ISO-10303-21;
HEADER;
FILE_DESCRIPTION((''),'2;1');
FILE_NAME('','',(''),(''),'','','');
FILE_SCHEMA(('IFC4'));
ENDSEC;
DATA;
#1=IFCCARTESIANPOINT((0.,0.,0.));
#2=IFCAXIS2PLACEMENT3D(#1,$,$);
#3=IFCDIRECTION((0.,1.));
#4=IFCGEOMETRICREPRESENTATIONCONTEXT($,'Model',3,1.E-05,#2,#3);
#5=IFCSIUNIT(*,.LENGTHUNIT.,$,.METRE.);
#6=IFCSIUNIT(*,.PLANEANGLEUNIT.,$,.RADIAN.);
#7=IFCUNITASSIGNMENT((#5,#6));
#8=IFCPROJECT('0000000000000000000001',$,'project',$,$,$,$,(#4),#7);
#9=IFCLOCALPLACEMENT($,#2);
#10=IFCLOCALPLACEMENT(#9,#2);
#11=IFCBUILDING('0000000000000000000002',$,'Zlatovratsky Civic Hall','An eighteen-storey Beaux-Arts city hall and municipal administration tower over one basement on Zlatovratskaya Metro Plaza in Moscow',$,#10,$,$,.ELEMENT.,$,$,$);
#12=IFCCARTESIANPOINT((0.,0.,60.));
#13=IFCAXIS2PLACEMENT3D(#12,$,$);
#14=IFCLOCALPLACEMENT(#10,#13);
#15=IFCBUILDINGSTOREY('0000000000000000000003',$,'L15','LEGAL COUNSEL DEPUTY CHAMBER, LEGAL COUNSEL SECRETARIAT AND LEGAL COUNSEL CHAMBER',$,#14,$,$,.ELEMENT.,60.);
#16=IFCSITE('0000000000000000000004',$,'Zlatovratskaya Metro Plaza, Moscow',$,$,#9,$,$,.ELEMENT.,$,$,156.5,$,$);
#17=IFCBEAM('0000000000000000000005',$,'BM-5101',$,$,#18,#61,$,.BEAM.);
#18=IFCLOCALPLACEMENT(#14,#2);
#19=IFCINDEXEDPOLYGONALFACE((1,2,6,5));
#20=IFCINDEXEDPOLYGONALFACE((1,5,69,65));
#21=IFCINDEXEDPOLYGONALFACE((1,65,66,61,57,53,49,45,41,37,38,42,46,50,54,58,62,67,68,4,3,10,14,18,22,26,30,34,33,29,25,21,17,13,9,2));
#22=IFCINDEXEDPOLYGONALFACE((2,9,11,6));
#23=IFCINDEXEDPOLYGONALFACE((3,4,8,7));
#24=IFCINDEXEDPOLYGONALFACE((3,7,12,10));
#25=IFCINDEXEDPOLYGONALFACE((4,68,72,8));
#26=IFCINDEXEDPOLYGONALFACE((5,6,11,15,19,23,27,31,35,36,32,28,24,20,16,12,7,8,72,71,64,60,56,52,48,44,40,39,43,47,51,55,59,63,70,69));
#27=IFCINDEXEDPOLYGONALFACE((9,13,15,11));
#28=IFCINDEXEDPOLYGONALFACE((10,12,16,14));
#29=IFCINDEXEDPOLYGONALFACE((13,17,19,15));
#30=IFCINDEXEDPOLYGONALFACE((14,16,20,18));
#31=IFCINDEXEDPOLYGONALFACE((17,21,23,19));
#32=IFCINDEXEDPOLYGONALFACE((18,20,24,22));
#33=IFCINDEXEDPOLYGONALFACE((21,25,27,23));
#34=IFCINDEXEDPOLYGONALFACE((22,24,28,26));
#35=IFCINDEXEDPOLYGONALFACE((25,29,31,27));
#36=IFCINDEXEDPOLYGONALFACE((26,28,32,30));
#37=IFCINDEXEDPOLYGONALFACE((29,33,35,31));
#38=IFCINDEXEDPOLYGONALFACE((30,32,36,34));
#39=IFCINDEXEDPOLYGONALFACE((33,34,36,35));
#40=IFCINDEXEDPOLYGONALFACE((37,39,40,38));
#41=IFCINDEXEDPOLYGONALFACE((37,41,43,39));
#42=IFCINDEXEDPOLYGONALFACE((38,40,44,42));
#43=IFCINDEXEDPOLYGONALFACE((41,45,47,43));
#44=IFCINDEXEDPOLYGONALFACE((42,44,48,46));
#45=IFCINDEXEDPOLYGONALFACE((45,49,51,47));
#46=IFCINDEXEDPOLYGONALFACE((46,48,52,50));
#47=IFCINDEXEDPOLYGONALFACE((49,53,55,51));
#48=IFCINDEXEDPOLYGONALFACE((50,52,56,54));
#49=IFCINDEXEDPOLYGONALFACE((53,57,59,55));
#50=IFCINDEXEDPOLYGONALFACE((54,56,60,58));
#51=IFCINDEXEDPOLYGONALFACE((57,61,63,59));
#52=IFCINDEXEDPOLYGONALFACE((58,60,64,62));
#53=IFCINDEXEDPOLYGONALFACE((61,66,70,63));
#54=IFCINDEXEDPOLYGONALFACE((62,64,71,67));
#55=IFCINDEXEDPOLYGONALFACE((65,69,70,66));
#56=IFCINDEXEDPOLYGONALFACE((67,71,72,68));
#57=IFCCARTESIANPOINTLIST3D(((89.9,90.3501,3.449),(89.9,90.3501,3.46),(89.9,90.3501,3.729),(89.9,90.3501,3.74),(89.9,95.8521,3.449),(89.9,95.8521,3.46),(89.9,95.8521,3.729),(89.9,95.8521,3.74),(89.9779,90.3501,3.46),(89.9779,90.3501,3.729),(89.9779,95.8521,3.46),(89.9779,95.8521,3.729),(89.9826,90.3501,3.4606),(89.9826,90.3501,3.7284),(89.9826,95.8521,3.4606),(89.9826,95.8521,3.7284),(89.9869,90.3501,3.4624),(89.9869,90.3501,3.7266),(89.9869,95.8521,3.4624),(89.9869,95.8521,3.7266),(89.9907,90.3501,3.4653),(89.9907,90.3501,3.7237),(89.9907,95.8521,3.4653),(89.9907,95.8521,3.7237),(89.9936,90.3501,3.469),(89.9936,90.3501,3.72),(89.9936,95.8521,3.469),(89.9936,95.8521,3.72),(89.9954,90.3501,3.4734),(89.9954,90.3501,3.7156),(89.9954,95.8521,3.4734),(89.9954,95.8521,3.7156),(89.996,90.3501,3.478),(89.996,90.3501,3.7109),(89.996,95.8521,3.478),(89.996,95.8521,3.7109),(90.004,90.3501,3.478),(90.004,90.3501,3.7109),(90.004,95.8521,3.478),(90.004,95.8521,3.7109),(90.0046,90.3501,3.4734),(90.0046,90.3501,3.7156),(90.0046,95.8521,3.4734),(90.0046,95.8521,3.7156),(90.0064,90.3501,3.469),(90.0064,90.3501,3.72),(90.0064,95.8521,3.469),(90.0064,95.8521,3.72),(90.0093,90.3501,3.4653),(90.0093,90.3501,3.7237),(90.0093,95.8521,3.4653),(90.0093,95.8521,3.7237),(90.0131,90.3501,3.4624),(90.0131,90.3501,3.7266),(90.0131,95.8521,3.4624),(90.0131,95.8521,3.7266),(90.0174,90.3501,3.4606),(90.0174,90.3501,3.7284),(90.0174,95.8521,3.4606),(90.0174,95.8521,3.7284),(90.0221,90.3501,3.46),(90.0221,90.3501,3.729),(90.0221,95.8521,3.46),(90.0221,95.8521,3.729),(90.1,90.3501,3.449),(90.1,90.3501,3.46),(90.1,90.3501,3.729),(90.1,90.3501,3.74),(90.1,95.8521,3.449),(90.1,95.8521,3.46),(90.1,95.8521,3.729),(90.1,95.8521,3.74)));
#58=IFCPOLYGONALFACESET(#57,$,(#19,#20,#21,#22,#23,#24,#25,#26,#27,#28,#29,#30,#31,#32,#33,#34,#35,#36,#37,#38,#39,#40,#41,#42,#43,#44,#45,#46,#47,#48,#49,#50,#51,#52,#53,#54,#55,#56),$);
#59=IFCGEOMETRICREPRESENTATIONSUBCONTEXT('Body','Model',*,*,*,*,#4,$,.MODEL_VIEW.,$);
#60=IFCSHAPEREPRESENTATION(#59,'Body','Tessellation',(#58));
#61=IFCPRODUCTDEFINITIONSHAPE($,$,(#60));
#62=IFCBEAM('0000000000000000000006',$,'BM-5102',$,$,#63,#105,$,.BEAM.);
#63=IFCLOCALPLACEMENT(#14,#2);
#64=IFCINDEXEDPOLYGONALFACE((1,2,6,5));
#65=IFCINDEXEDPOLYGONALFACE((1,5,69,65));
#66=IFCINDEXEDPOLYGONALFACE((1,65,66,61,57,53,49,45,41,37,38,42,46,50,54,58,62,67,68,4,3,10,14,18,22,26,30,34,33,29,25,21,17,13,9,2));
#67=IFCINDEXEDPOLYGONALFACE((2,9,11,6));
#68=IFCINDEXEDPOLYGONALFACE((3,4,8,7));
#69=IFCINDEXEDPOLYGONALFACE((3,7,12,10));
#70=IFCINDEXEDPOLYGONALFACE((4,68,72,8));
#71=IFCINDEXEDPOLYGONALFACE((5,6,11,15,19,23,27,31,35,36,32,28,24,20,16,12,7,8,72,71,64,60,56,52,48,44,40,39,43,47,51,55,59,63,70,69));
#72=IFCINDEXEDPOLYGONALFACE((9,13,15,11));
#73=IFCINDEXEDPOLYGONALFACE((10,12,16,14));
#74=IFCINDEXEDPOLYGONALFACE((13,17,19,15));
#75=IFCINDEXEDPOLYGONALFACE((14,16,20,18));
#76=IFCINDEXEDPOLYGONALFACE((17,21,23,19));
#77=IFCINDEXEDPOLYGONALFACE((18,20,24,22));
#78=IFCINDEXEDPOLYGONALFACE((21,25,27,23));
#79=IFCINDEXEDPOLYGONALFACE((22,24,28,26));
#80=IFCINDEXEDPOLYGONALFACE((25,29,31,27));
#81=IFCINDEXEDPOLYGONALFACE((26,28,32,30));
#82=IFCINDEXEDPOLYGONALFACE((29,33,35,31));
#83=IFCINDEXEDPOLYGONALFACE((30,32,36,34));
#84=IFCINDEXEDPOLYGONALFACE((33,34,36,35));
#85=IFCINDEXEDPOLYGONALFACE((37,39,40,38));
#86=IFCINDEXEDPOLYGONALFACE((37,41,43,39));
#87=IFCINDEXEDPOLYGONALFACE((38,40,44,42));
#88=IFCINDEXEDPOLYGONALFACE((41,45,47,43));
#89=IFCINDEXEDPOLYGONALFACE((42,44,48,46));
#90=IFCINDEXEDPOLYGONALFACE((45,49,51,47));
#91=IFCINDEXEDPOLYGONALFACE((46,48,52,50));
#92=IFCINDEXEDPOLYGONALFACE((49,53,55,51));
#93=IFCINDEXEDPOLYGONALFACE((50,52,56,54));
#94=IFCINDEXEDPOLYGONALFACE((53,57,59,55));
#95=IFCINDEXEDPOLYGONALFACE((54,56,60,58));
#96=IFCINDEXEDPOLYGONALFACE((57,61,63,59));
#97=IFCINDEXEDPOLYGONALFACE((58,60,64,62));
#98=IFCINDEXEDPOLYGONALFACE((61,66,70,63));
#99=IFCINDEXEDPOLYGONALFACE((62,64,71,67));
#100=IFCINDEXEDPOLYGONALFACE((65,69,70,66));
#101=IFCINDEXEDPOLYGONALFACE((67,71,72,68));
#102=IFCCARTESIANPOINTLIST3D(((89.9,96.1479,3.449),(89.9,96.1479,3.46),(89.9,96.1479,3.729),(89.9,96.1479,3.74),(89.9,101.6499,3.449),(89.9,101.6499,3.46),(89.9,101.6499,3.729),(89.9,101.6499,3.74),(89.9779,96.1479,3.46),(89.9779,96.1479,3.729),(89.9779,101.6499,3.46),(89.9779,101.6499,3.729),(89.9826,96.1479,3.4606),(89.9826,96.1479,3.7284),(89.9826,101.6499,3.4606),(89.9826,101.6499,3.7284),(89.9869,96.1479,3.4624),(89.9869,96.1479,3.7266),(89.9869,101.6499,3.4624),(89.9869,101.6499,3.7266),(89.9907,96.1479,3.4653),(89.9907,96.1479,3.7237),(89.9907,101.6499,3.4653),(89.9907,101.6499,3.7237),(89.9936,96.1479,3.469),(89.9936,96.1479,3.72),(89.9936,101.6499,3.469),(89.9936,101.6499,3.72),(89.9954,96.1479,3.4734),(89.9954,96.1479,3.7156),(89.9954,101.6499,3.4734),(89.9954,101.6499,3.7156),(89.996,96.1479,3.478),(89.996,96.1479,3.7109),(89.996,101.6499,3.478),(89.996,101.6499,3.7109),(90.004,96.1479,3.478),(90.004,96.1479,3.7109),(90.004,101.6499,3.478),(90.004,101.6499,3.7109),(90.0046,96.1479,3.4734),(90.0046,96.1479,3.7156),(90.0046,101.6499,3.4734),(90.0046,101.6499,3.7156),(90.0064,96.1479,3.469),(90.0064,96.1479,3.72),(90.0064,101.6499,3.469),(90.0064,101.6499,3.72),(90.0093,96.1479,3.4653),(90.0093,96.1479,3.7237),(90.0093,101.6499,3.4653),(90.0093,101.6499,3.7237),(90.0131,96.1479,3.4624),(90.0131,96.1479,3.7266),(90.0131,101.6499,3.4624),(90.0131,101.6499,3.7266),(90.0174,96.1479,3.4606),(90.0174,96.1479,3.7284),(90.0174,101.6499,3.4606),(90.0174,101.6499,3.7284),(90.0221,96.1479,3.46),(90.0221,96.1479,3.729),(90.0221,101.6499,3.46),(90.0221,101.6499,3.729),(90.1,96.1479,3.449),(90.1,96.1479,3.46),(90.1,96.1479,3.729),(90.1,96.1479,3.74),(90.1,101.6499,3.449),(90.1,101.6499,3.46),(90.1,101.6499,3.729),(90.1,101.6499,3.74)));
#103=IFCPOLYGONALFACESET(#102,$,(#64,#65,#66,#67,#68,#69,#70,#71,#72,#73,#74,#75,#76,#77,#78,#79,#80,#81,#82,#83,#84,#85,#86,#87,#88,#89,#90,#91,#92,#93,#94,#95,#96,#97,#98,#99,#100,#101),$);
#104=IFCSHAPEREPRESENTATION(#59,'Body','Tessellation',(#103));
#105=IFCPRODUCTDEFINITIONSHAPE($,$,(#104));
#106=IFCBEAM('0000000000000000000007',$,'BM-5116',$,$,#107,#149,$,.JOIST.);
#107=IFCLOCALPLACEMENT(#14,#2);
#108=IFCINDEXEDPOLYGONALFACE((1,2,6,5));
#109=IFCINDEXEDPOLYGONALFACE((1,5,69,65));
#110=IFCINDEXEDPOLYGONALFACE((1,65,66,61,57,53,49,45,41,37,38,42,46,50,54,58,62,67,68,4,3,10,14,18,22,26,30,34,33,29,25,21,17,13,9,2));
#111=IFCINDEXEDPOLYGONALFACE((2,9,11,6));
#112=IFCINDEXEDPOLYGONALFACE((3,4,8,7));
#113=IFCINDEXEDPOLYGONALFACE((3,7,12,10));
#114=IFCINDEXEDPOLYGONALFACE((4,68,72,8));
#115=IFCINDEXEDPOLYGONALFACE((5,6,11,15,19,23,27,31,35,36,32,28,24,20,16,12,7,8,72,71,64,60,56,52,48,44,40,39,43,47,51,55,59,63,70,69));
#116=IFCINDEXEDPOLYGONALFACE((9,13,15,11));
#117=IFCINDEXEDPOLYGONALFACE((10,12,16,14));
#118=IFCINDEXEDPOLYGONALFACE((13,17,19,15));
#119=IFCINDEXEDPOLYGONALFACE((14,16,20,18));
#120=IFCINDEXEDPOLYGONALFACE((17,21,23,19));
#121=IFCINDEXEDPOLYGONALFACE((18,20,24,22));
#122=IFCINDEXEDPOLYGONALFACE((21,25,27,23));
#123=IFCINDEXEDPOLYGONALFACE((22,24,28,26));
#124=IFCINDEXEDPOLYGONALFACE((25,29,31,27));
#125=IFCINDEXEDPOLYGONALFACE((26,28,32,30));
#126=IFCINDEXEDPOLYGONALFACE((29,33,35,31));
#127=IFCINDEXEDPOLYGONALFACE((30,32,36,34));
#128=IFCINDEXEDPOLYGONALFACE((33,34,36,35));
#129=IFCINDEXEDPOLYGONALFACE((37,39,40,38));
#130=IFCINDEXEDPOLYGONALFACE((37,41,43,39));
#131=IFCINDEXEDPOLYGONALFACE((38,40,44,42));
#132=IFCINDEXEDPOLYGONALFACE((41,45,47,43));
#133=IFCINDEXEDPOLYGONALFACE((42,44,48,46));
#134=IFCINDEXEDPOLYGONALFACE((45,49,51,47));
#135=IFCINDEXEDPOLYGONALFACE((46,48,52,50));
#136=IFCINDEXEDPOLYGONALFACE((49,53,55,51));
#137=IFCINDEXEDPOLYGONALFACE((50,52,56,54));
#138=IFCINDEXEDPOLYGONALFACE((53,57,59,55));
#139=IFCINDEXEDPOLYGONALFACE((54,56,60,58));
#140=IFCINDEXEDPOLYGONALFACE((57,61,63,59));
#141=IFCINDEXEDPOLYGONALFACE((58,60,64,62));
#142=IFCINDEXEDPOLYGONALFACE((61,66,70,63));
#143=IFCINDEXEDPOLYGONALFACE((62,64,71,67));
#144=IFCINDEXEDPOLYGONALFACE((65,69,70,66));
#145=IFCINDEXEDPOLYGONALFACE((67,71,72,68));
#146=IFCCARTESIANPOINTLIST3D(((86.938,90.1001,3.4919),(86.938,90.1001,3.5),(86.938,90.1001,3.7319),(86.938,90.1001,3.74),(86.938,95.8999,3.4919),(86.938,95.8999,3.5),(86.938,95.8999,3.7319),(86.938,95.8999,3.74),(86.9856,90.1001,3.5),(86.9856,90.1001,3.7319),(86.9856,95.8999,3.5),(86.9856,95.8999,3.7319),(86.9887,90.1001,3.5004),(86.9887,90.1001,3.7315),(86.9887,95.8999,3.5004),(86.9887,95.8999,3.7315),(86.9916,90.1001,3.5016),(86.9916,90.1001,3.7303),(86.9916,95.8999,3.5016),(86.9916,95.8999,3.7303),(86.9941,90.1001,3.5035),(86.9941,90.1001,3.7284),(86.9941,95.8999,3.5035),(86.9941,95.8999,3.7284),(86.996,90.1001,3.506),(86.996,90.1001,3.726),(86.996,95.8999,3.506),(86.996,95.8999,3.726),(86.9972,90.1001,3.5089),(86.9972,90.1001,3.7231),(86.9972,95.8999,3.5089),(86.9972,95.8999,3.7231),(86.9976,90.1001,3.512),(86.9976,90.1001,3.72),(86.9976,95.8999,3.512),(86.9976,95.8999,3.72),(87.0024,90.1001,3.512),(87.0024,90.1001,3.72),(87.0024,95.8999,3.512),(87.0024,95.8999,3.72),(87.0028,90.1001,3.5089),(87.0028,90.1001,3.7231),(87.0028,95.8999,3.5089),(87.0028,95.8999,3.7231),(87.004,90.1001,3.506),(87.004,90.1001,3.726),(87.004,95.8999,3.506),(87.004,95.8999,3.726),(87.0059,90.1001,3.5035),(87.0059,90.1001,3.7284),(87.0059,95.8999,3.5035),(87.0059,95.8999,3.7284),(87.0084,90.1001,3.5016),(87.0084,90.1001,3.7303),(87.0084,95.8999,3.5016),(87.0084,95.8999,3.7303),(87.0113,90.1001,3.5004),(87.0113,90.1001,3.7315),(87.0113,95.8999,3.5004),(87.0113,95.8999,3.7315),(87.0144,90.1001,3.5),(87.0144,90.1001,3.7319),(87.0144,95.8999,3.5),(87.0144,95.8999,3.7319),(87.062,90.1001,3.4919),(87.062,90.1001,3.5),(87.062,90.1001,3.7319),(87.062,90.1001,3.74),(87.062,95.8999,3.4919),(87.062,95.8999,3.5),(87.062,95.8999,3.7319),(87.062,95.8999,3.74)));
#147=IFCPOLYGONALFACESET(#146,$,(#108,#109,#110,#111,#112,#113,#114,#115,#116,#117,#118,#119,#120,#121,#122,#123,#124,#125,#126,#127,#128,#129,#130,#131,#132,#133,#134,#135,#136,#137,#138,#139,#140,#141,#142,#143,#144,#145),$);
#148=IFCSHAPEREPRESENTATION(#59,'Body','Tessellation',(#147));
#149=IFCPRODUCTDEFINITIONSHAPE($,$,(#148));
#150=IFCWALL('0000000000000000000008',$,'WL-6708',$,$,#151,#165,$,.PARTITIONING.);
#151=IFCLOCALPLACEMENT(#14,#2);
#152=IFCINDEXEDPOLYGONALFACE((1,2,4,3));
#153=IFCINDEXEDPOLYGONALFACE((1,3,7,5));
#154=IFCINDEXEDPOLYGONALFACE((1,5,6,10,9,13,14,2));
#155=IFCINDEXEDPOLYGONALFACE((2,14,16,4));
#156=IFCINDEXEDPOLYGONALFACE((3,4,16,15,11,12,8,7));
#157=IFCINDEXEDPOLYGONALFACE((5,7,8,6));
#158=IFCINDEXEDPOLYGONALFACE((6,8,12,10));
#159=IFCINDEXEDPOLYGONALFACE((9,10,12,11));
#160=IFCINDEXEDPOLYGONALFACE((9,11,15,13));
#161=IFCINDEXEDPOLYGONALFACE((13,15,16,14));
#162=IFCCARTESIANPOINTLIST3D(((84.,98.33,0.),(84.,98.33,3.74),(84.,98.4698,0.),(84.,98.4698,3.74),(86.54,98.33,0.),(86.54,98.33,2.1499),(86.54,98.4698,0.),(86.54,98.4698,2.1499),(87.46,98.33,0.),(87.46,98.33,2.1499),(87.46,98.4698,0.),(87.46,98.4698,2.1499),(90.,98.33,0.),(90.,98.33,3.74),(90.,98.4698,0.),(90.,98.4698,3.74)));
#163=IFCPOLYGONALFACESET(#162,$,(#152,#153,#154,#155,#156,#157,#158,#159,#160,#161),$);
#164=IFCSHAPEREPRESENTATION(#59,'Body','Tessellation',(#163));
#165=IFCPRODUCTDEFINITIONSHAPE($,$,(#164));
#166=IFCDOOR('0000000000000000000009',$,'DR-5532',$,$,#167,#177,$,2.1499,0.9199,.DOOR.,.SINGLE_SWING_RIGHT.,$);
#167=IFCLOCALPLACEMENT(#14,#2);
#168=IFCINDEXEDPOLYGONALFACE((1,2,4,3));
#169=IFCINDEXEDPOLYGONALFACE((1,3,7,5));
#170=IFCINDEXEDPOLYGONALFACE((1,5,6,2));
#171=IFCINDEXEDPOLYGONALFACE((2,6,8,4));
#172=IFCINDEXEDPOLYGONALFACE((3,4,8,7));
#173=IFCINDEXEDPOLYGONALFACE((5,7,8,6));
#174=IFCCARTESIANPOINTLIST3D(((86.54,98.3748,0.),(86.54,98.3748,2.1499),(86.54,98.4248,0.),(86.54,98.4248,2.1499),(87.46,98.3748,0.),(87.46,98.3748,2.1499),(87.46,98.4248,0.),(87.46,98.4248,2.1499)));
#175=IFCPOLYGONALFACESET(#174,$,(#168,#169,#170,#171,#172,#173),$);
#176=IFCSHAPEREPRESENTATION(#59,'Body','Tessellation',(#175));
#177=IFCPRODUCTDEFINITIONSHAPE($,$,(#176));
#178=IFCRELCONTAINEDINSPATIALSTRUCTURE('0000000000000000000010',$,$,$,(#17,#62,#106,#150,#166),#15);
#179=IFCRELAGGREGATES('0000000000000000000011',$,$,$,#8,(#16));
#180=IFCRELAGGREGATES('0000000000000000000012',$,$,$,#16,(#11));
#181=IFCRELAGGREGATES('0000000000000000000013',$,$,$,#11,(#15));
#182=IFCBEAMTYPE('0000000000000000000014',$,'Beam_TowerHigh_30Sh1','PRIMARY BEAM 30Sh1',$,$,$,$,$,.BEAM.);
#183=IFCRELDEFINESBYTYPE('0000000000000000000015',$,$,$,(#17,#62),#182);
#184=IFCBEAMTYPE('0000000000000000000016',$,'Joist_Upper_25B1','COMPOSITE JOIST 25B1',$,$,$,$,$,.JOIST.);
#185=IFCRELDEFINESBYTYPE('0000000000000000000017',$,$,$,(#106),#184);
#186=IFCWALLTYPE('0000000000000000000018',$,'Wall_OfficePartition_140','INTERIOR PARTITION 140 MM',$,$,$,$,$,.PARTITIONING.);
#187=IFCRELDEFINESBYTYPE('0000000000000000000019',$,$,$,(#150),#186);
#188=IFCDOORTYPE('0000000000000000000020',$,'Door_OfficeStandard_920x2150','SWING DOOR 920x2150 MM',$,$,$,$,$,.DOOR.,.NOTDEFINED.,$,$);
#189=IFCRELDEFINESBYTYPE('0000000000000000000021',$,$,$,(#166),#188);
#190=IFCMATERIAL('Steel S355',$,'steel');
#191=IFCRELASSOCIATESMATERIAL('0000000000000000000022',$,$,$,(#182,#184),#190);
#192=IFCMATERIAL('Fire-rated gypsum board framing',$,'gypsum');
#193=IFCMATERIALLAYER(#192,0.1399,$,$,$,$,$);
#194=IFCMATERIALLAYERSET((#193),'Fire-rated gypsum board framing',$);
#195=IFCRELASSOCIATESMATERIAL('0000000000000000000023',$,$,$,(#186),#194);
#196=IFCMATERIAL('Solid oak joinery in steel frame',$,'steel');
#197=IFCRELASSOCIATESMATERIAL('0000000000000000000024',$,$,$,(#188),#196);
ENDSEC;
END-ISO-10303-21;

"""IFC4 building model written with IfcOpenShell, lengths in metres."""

from ifc_helpers import new_model, si_unit, direction, frame, frame_2d, origin, origin_2d, place, context, subcontext, project, spatial, rectangle, i_section, extrude, material, layer, layer_set, material_profile, profile_set, type_object, element, fill, save


model = new_model("IFC4")

# Units and contexts
model_context = context("Model", 3, precision=1e-05, world=origin(), true_north=direction((0.0, 1.0)))
body_context = subcontext(model_context, "Body", "Model", "MODEL_VIEW")
ifc_project = project(units=[si_unit("LENGTHUNIT", "METRE"), si_unit("PLANEANGLEUNIT", "RADIAN")], contexts=[model_context])

# Site, building, storey
site_placement = place(None, origin())
site = spatial("IfcSite", under=ifc_project, at=site_placement, Name="Zlatovratskaya Metro Plaza, Moscow", CompositionType="ELEMENT", RefElevation=156.5)
building_placement = place(site_placement, origin())
building = spatial("IfcBuilding", under=site, at=building_placement, Name="Zlatovratsky Civic Hall", Description="An eighteen-storey Beaux-Arts city hall and municipal administration tower over one basement on Zlatovratskaya Metro Plaza in Moscow", CompositionType="ELEMENT")
storey_placement = place(building_placement, frame((0.0, 0.0, 60.0)))
storey = spatial("IfcBuildingStorey", under=building, at=storey_placement, Name="L15", Description="LEGAL COUNSEL DEPUTY CHAMBER, LEGAL COUNSEL SECRETARIAT AND LEGAL COUNSEL CHAMBER", CompositionType="ELEMENT", Elevation=60.0)

# Shared definitions
ifc_material_1 = material(Name="Steel S355", Category="steel")

# Beams
ifc_material_profile_1 = material_profile(ifc_material_1, i_section(OverallWidth=0.2, OverallDepth=0.291, WebThickness=0.0081, FlangeThickness=0.011, FilletRadius=0.0181, at=origin_2d()), Name="30Sh1")
ifc_profile_set_1 = profile_set([ifc_material_profile_1], Name="Steel S355")
beam_type_1 = type_object("IfcBeamType", Name="Beam_TowerHigh_30Sh1", Description="PRIMARY BEAM 30Sh1", PredefinedType="BEAM", material=ifc_profile_set_1)
for number, where, z_axis, x_axis, name in (
    (1, (90.0, 90.3501, 3.5945), (0.0, 1.0, 0.0), (-1.0, 0.0, 0.0), "BM-5101"),
    (2, (90.0, 96.1479, 3.5945), (0.0, 1.0, 0.0), (-1.0, 0.0, 0.0), "BM-5102"),
):
    element("IfcBeam", number, at=place(storey_placement, frame(where, z_axis=z_axis, x_axis=x_axis)), inside=storey, type_object=beam_type_1, Name=name, PredefinedType="BEAM", context=body_context, shape_type="SweptSolid", body=[
        extrude(i_section(OverallWidth=0.2, OverallDepth=0.291, WebThickness=0.0081, FlangeThickness=0.011, FilletRadius=0.0181, at=origin_2d()), origin(), (0.0, 0.0, 1.0), 5.502),
    ])
ifc_material_profile_2 = material_profile(ifc_material_1, i_section(OverallWidth=0.124, OverallDepth=0.248, WebThickness=0.0049, FlangeThickness=0.0081, FilletRadius=0.012, at=origin_2d()), Name="25B1")
ifc_profile_set_2 = profile_set([ifc_material_profile_2], Name="Steel S355")
beam_type_2 = type_object("IfcBeamType", Name="Joist_Upper_25B1", Description="COMPOSITE JOIST 25B1", PredefinedType="JOIST", material=ifc_profile_set_2)
beam_1_placement = place(storey_placement, frame((87.0, 90.1001, 3.616), z_axis=(0.0, 1.0, 0.0), x_axis=(-1.0, 0.0, 0.0)))
element("IfcBeam", 3, at=beam_1_placement, inside=storey, type_object=beam_type_2, Name="BM-5116", PredefinedType="JOIST", context=body_context, shape_type="SweptSolid", body=[
    extrude(i_section(OverallWidth=0.124, OverallDepth=0.248, WebThickness=0.0049, FlangeThickness=0.0081, FilletRadius=0.012, at=origin_2d()), origin(), (0.0, 0.0, 1.0), 5.7998),
])

# Wall, opening, door
ifc_material_2 = material(Name="Fire-rated gypsum board framing", Category="gypsum")
ifc_layer_1 = layer(ifc_material_2, 0.1399)
ifc_layer_set_1 = layer_set([ifc_layer_1], Name="Fire-rated gypsum board framing")
wall_type_1 = type_object("IfcWallType", Name="Wall_OfficePartition_140", Description="INTERIOR PARTITION 140 MM", PredefinedType="PARTITIONING", material=ifc_layer_set_1)
wall_1_placement = place(storey_placement, frame((84.0, 98.3999, 0.0), z_axis=(0.0, 0.0, 1.0), x_axis=(1.0, 0.0, 0.0)))
wall_1 = element("IfcWall", 4, at=wall_1_placement, inside=storey, type_object=wall_type_1, Name="WL-6708", PredefinedType="PARTITIONING", context=body_context, shape_type="SweptSolid", body=[
    extrude(rectangle(XDim=6.0, YDim=0.1399, at=frame_2d((3.0, 0.0))), origin(), (0.0, 0.0, 1.0), 3.74),
])
opening_1_placement = place(wall_1_placement, frame((2.54, 0.0, 0.0)))
opening_1 = element("IfcOpeningElement", 5, at=opening_1_placement, cuts=wall_1, PredefinedType="OPENING", context=body_context, shape_type="SweptSolid", body=[
    extrude(rectangle(XDim=0.9199, YDim=2.1499, at=frame_2d((0.46, 1.075))), frame((0.0, 0.085, 0.0), z_axis=(0.0, -1.0, 0.0), x_axis=(1.0, 0.0, 0.0)), (0.0, 0.0, 1.0), 0.1697),
])
ifc_material_3 = material(Name="Solid oak joinery in steel frame", Category="steel")
door_type = type_object("IfcDoorType", Name="Door_OfficeStandard_920x2150", Description="SWING DOOR 920x2150 MM", OperationType="NOTDEFINED", PredefinedType="DOOR", material=ifc_material_3)
door_1_placement = place(opening_1_placement, origin())
door_1 = element("IfcDoor", 6, at=door_1_placement, inside=storey, type_object=door_type, Name="DR-5532", OperationType="SINGLE_SWING_RIGHT", OverallHeight=2.1499, OverallWidth=0.9199, PredefinedType="DOOR", context=body_context, shape_type="SweptSolid", body=[
    extrude(rectangle(XDim=0.9199, YDim=2.1499, at=frame_2d((0.46, 1.075))), frame((0.0, 0.0249, 0.0), z_axis=(0.0, -1.0, 0.0), x_axis=(1.0, 0.0, 0.0)), (0.0, 0.0, 1.0), 0.05),
])
fill(opening_1, door_1)

save(model, "model.ifc")
